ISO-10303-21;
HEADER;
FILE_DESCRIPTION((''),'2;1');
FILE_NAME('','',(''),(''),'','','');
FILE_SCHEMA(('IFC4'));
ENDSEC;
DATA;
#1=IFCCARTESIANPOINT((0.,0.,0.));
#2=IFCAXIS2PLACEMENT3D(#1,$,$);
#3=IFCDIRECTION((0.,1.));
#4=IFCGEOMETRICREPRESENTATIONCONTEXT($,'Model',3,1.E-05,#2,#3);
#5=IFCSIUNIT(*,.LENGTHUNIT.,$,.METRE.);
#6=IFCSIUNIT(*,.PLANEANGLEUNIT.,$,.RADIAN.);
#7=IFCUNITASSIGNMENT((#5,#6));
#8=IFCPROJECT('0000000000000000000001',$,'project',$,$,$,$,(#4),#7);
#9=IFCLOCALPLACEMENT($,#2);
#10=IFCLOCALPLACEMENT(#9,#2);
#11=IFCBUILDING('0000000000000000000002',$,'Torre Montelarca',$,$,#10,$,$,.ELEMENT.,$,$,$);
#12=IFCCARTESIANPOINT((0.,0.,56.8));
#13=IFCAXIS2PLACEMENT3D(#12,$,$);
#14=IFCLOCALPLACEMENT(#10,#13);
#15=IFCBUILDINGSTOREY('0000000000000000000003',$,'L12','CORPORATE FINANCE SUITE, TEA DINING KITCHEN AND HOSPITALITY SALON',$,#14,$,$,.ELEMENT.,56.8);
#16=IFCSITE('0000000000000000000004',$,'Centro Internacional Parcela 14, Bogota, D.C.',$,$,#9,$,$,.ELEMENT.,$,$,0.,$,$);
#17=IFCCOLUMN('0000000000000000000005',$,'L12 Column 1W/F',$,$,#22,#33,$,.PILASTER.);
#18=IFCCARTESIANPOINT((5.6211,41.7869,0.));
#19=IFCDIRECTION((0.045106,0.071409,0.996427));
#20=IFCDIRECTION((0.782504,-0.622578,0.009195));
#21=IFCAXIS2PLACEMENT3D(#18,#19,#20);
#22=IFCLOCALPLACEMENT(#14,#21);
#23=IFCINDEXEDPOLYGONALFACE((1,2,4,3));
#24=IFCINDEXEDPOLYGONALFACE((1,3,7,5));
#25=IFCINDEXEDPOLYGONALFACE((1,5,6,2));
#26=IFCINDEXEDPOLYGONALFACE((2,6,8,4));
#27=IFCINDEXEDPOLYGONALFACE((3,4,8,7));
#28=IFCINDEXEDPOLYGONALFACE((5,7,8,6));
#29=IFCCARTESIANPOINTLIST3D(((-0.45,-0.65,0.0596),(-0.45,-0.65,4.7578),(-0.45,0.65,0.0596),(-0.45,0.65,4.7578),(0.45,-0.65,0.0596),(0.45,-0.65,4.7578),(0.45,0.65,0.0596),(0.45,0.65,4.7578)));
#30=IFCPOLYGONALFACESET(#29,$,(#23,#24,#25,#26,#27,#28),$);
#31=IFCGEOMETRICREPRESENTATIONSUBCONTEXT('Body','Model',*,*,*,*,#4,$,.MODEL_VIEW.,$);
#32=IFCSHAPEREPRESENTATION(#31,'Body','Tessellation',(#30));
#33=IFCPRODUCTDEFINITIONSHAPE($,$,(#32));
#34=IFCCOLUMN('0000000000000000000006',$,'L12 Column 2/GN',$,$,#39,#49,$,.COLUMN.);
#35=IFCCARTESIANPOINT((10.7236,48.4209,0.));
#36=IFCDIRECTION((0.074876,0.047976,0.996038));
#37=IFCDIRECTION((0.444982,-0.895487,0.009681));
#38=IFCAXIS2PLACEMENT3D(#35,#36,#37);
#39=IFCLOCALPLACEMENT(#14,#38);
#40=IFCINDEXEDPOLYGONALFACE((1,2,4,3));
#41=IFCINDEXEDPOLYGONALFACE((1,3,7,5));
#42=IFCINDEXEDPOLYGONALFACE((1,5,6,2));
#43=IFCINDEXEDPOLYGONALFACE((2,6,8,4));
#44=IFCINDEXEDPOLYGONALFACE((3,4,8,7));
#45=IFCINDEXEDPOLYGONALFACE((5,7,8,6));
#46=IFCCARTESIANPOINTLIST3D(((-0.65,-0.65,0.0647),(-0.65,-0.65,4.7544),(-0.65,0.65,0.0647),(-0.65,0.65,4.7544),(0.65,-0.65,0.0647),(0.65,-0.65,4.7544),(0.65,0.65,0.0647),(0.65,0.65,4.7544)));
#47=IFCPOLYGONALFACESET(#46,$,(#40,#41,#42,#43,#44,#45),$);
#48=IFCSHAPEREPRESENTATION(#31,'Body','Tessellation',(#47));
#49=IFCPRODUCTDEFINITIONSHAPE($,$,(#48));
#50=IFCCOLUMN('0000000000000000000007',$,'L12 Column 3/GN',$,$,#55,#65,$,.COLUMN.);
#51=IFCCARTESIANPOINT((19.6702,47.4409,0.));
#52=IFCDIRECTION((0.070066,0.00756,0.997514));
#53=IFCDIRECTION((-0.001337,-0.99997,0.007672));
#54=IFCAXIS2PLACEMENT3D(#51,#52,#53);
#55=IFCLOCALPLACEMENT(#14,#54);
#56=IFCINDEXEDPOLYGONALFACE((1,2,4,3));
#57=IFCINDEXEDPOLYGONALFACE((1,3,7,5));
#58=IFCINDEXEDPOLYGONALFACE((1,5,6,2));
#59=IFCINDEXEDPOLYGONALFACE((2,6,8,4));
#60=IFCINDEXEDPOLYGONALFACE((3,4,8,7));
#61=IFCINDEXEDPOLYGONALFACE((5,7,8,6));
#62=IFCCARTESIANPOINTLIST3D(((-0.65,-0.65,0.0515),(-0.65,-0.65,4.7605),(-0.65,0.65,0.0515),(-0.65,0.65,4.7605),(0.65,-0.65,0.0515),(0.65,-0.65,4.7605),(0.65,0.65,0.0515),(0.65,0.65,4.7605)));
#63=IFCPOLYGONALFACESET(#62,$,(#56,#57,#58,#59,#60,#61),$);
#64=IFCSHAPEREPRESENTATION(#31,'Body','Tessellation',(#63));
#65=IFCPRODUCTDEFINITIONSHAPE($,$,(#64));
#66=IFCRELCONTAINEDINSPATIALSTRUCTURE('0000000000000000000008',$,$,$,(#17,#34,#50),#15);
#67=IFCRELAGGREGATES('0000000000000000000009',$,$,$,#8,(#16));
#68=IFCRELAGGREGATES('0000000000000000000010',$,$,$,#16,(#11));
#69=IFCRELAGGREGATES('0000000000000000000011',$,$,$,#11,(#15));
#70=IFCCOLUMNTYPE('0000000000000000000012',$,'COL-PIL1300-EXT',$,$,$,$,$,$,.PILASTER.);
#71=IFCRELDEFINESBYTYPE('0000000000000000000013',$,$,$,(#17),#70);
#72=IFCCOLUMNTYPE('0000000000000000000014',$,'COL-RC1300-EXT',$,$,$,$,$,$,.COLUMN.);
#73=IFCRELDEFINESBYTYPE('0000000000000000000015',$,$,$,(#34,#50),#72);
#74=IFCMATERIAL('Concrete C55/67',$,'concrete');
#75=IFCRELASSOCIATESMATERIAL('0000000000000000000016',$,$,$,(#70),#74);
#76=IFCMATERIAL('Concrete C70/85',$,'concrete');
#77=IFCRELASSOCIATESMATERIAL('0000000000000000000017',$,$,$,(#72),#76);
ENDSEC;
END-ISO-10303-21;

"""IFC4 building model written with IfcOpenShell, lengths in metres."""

from ifc_helpers import new_model, si_unit, direction, frame, origin, origin_2d, place, context, subcontext, project, spatial, rectangle, extrude, clip, halfspace, material, material_profile, profile_set, type_object, element, save


model = new_model("IFC4")

# Units and contexts
model_context = context("Model", 3, precision=1e-05, world=origin(), true_north=direction((0.0, 1.0)))
body_context = subcontext(model_context, "Body", "Model", "MODEL_VIEW")
ifc_project = project(units=[si_unit("LENGTHUNIT", "METRE"), si_unit("PLANEANGLEUNIT", "RADIAN")], contexts=[model_context])

# Site, building, storey
site_placement = place(None, origin())
site = spatial("IfcSite", under=ifc_project, at=site_placement, Name="Centro Internacional Parcela 14, Bogota, D.C.", CompositionType="ELEMENT", RefElevation=0.0)
building_placement = place(site_placement, origin())
building = spatial("IfcBuilding", under=site, at=building_placement, Name="Torre Montelarca", CompositionType="ELEMENT")
storey_placement = place(building_placement, frame((0.0, 0.0, 56.8)))
storey = spatial("IfcBuildingStorey", under=building, at=storey_placement, Name="L12", Description="CORPORATE FINANCE SUITE, TEA DINING KITCHEN AND HOSPITALITY SALON", CompositionType="ELEMENT", Elevation=56.8)

# Columns
ifc_material_1 = material(Name="Concrete C55/67", Category="concrete")
ifc_material_profile_1 = material_profile(ifc_material_1, rectangle(XDim=0.8999, YDim=1.3, at=origin_2d()), Name="RC1300X900", Category="concrete")
ifc_profile_set_1 = profile_set([ifc_material_profile_1], Name="Concrete C55/67")
column_type_1 = type_object("IfcColumnType", Name="COL-PIL1300-EXT", PredefinedType="PILASTER", material=ifc_profile_set_1)
column_1_placement = place(storey_placement, frame((5.6211, 41.7869, 0.0), z_axis=(0.045106, 0.071409, 0.996427), x_axis=(0.782504, -0.622578, 0.009195)))
element("IfcColumn", 1, at=column_1_placement, inside=storey, type_object=column_type_1, Name="L12 Column 1W/F", PredefinedType="PILASTER", context=body_context, shape_type="Clipping", body=[
    clip(clip(extrude(rectangle(XDim=0.8999, YDim=1.3, at=origin_2d()), origin(), (0.0, 0.0, 1.0), 4.8174), halfspace(frame((0.0, 0.0, 0.0596), z_axis=(0.0, 0.0, -1.0), x_axis=(1.0, 0.0, 0.0)), False)), halfspace(frame((0.0, 0.0, 4.7578), z_axis=(0.0, 0.0, 1.0), x_axis=(1.0, 0.0, 0.0)), False)),
])
ifc_material_2 = material(Name="Concrete C70/85", Category="concrete")
ifc_material_profile_2 = material_profile(ifc_material_2, rectangle(XDim=1.3, YDim=1.3, at=origin_2d()), Name="RC1300X1300", Category="concrete")
ifc_profile_set_2 = profile_set([ifc_material_profile_2], Name="Concrete C70/85")
column_type_2 = type_object("IfcColumnType", Name="COL-RC1300-EXT", PredefinedType="COLUMN", material=ifc_profile_set_2)
column_2_placement = place(storey_placement, frame((10.7236, 48.4209, 0.0), z_axis=(0.074876, 0.047976, 0.996038), x_axis=(0.444982, -0.895487, 0.009681)))
element("IfcColumn", 2, at=column_2_placement, inside=storey, type_object=column_type_2, Name="L12 Column 2/GN", PredefinedType="COLUMN", context=body_context, shape_type="Clipping", body=[
    clip(clip(extrude(rectangle(XDim=1.3, YDim=1.3, at=origin_2d()), origin(), (0.0, 0.0, 1.0), 4.8191), halfspace(frame((0.0, 0.0, 0.0647), z_axis=(0.0, 0.0, -1.0), x_axis=(1.0, 0.0, 0.0)), False)), halfspace(frame((0.0, 0.0, 4.7544), z_axis=(0.0, 0.0, 1.0), x_axis=(1.0, 0.0, 0.0)), False)),
])
column_3_placement = place(storey_placement, frame((19.6702, 47.4409, 0.0), z_axis=(0.070066, 0.00756, 0.997514), x_axis=(-0.001337, -0.99997, 0.007672)))
element("IfcColumn", 3, at=column_3_placement, inside=storey, type_object=column_type_2, Name="L12 Column 3/GN", PredefinedType="COLUMN", context=body_context, shape_type="Clipping", body=[
    clip(clip(extrude(rectangle(XDim=1.3, YDim=1.3, at=origin_2d()), origin(), (0.0, 0.0, 1.0), 4.812), halfspace(frame((0.0, 0.0, 0.0515), z_axis=(0.0, 0.0, -1.0), x_axis=(1.0, 0.0, 0.0)), False)), halfspace(frame((0.0, 0.0, 4.7605), z_axis=(0.0, 0.0, 1.0), x_axis=(1.0, 0.0, 0.0)), False)),
])

save(model, "model.ifc")
